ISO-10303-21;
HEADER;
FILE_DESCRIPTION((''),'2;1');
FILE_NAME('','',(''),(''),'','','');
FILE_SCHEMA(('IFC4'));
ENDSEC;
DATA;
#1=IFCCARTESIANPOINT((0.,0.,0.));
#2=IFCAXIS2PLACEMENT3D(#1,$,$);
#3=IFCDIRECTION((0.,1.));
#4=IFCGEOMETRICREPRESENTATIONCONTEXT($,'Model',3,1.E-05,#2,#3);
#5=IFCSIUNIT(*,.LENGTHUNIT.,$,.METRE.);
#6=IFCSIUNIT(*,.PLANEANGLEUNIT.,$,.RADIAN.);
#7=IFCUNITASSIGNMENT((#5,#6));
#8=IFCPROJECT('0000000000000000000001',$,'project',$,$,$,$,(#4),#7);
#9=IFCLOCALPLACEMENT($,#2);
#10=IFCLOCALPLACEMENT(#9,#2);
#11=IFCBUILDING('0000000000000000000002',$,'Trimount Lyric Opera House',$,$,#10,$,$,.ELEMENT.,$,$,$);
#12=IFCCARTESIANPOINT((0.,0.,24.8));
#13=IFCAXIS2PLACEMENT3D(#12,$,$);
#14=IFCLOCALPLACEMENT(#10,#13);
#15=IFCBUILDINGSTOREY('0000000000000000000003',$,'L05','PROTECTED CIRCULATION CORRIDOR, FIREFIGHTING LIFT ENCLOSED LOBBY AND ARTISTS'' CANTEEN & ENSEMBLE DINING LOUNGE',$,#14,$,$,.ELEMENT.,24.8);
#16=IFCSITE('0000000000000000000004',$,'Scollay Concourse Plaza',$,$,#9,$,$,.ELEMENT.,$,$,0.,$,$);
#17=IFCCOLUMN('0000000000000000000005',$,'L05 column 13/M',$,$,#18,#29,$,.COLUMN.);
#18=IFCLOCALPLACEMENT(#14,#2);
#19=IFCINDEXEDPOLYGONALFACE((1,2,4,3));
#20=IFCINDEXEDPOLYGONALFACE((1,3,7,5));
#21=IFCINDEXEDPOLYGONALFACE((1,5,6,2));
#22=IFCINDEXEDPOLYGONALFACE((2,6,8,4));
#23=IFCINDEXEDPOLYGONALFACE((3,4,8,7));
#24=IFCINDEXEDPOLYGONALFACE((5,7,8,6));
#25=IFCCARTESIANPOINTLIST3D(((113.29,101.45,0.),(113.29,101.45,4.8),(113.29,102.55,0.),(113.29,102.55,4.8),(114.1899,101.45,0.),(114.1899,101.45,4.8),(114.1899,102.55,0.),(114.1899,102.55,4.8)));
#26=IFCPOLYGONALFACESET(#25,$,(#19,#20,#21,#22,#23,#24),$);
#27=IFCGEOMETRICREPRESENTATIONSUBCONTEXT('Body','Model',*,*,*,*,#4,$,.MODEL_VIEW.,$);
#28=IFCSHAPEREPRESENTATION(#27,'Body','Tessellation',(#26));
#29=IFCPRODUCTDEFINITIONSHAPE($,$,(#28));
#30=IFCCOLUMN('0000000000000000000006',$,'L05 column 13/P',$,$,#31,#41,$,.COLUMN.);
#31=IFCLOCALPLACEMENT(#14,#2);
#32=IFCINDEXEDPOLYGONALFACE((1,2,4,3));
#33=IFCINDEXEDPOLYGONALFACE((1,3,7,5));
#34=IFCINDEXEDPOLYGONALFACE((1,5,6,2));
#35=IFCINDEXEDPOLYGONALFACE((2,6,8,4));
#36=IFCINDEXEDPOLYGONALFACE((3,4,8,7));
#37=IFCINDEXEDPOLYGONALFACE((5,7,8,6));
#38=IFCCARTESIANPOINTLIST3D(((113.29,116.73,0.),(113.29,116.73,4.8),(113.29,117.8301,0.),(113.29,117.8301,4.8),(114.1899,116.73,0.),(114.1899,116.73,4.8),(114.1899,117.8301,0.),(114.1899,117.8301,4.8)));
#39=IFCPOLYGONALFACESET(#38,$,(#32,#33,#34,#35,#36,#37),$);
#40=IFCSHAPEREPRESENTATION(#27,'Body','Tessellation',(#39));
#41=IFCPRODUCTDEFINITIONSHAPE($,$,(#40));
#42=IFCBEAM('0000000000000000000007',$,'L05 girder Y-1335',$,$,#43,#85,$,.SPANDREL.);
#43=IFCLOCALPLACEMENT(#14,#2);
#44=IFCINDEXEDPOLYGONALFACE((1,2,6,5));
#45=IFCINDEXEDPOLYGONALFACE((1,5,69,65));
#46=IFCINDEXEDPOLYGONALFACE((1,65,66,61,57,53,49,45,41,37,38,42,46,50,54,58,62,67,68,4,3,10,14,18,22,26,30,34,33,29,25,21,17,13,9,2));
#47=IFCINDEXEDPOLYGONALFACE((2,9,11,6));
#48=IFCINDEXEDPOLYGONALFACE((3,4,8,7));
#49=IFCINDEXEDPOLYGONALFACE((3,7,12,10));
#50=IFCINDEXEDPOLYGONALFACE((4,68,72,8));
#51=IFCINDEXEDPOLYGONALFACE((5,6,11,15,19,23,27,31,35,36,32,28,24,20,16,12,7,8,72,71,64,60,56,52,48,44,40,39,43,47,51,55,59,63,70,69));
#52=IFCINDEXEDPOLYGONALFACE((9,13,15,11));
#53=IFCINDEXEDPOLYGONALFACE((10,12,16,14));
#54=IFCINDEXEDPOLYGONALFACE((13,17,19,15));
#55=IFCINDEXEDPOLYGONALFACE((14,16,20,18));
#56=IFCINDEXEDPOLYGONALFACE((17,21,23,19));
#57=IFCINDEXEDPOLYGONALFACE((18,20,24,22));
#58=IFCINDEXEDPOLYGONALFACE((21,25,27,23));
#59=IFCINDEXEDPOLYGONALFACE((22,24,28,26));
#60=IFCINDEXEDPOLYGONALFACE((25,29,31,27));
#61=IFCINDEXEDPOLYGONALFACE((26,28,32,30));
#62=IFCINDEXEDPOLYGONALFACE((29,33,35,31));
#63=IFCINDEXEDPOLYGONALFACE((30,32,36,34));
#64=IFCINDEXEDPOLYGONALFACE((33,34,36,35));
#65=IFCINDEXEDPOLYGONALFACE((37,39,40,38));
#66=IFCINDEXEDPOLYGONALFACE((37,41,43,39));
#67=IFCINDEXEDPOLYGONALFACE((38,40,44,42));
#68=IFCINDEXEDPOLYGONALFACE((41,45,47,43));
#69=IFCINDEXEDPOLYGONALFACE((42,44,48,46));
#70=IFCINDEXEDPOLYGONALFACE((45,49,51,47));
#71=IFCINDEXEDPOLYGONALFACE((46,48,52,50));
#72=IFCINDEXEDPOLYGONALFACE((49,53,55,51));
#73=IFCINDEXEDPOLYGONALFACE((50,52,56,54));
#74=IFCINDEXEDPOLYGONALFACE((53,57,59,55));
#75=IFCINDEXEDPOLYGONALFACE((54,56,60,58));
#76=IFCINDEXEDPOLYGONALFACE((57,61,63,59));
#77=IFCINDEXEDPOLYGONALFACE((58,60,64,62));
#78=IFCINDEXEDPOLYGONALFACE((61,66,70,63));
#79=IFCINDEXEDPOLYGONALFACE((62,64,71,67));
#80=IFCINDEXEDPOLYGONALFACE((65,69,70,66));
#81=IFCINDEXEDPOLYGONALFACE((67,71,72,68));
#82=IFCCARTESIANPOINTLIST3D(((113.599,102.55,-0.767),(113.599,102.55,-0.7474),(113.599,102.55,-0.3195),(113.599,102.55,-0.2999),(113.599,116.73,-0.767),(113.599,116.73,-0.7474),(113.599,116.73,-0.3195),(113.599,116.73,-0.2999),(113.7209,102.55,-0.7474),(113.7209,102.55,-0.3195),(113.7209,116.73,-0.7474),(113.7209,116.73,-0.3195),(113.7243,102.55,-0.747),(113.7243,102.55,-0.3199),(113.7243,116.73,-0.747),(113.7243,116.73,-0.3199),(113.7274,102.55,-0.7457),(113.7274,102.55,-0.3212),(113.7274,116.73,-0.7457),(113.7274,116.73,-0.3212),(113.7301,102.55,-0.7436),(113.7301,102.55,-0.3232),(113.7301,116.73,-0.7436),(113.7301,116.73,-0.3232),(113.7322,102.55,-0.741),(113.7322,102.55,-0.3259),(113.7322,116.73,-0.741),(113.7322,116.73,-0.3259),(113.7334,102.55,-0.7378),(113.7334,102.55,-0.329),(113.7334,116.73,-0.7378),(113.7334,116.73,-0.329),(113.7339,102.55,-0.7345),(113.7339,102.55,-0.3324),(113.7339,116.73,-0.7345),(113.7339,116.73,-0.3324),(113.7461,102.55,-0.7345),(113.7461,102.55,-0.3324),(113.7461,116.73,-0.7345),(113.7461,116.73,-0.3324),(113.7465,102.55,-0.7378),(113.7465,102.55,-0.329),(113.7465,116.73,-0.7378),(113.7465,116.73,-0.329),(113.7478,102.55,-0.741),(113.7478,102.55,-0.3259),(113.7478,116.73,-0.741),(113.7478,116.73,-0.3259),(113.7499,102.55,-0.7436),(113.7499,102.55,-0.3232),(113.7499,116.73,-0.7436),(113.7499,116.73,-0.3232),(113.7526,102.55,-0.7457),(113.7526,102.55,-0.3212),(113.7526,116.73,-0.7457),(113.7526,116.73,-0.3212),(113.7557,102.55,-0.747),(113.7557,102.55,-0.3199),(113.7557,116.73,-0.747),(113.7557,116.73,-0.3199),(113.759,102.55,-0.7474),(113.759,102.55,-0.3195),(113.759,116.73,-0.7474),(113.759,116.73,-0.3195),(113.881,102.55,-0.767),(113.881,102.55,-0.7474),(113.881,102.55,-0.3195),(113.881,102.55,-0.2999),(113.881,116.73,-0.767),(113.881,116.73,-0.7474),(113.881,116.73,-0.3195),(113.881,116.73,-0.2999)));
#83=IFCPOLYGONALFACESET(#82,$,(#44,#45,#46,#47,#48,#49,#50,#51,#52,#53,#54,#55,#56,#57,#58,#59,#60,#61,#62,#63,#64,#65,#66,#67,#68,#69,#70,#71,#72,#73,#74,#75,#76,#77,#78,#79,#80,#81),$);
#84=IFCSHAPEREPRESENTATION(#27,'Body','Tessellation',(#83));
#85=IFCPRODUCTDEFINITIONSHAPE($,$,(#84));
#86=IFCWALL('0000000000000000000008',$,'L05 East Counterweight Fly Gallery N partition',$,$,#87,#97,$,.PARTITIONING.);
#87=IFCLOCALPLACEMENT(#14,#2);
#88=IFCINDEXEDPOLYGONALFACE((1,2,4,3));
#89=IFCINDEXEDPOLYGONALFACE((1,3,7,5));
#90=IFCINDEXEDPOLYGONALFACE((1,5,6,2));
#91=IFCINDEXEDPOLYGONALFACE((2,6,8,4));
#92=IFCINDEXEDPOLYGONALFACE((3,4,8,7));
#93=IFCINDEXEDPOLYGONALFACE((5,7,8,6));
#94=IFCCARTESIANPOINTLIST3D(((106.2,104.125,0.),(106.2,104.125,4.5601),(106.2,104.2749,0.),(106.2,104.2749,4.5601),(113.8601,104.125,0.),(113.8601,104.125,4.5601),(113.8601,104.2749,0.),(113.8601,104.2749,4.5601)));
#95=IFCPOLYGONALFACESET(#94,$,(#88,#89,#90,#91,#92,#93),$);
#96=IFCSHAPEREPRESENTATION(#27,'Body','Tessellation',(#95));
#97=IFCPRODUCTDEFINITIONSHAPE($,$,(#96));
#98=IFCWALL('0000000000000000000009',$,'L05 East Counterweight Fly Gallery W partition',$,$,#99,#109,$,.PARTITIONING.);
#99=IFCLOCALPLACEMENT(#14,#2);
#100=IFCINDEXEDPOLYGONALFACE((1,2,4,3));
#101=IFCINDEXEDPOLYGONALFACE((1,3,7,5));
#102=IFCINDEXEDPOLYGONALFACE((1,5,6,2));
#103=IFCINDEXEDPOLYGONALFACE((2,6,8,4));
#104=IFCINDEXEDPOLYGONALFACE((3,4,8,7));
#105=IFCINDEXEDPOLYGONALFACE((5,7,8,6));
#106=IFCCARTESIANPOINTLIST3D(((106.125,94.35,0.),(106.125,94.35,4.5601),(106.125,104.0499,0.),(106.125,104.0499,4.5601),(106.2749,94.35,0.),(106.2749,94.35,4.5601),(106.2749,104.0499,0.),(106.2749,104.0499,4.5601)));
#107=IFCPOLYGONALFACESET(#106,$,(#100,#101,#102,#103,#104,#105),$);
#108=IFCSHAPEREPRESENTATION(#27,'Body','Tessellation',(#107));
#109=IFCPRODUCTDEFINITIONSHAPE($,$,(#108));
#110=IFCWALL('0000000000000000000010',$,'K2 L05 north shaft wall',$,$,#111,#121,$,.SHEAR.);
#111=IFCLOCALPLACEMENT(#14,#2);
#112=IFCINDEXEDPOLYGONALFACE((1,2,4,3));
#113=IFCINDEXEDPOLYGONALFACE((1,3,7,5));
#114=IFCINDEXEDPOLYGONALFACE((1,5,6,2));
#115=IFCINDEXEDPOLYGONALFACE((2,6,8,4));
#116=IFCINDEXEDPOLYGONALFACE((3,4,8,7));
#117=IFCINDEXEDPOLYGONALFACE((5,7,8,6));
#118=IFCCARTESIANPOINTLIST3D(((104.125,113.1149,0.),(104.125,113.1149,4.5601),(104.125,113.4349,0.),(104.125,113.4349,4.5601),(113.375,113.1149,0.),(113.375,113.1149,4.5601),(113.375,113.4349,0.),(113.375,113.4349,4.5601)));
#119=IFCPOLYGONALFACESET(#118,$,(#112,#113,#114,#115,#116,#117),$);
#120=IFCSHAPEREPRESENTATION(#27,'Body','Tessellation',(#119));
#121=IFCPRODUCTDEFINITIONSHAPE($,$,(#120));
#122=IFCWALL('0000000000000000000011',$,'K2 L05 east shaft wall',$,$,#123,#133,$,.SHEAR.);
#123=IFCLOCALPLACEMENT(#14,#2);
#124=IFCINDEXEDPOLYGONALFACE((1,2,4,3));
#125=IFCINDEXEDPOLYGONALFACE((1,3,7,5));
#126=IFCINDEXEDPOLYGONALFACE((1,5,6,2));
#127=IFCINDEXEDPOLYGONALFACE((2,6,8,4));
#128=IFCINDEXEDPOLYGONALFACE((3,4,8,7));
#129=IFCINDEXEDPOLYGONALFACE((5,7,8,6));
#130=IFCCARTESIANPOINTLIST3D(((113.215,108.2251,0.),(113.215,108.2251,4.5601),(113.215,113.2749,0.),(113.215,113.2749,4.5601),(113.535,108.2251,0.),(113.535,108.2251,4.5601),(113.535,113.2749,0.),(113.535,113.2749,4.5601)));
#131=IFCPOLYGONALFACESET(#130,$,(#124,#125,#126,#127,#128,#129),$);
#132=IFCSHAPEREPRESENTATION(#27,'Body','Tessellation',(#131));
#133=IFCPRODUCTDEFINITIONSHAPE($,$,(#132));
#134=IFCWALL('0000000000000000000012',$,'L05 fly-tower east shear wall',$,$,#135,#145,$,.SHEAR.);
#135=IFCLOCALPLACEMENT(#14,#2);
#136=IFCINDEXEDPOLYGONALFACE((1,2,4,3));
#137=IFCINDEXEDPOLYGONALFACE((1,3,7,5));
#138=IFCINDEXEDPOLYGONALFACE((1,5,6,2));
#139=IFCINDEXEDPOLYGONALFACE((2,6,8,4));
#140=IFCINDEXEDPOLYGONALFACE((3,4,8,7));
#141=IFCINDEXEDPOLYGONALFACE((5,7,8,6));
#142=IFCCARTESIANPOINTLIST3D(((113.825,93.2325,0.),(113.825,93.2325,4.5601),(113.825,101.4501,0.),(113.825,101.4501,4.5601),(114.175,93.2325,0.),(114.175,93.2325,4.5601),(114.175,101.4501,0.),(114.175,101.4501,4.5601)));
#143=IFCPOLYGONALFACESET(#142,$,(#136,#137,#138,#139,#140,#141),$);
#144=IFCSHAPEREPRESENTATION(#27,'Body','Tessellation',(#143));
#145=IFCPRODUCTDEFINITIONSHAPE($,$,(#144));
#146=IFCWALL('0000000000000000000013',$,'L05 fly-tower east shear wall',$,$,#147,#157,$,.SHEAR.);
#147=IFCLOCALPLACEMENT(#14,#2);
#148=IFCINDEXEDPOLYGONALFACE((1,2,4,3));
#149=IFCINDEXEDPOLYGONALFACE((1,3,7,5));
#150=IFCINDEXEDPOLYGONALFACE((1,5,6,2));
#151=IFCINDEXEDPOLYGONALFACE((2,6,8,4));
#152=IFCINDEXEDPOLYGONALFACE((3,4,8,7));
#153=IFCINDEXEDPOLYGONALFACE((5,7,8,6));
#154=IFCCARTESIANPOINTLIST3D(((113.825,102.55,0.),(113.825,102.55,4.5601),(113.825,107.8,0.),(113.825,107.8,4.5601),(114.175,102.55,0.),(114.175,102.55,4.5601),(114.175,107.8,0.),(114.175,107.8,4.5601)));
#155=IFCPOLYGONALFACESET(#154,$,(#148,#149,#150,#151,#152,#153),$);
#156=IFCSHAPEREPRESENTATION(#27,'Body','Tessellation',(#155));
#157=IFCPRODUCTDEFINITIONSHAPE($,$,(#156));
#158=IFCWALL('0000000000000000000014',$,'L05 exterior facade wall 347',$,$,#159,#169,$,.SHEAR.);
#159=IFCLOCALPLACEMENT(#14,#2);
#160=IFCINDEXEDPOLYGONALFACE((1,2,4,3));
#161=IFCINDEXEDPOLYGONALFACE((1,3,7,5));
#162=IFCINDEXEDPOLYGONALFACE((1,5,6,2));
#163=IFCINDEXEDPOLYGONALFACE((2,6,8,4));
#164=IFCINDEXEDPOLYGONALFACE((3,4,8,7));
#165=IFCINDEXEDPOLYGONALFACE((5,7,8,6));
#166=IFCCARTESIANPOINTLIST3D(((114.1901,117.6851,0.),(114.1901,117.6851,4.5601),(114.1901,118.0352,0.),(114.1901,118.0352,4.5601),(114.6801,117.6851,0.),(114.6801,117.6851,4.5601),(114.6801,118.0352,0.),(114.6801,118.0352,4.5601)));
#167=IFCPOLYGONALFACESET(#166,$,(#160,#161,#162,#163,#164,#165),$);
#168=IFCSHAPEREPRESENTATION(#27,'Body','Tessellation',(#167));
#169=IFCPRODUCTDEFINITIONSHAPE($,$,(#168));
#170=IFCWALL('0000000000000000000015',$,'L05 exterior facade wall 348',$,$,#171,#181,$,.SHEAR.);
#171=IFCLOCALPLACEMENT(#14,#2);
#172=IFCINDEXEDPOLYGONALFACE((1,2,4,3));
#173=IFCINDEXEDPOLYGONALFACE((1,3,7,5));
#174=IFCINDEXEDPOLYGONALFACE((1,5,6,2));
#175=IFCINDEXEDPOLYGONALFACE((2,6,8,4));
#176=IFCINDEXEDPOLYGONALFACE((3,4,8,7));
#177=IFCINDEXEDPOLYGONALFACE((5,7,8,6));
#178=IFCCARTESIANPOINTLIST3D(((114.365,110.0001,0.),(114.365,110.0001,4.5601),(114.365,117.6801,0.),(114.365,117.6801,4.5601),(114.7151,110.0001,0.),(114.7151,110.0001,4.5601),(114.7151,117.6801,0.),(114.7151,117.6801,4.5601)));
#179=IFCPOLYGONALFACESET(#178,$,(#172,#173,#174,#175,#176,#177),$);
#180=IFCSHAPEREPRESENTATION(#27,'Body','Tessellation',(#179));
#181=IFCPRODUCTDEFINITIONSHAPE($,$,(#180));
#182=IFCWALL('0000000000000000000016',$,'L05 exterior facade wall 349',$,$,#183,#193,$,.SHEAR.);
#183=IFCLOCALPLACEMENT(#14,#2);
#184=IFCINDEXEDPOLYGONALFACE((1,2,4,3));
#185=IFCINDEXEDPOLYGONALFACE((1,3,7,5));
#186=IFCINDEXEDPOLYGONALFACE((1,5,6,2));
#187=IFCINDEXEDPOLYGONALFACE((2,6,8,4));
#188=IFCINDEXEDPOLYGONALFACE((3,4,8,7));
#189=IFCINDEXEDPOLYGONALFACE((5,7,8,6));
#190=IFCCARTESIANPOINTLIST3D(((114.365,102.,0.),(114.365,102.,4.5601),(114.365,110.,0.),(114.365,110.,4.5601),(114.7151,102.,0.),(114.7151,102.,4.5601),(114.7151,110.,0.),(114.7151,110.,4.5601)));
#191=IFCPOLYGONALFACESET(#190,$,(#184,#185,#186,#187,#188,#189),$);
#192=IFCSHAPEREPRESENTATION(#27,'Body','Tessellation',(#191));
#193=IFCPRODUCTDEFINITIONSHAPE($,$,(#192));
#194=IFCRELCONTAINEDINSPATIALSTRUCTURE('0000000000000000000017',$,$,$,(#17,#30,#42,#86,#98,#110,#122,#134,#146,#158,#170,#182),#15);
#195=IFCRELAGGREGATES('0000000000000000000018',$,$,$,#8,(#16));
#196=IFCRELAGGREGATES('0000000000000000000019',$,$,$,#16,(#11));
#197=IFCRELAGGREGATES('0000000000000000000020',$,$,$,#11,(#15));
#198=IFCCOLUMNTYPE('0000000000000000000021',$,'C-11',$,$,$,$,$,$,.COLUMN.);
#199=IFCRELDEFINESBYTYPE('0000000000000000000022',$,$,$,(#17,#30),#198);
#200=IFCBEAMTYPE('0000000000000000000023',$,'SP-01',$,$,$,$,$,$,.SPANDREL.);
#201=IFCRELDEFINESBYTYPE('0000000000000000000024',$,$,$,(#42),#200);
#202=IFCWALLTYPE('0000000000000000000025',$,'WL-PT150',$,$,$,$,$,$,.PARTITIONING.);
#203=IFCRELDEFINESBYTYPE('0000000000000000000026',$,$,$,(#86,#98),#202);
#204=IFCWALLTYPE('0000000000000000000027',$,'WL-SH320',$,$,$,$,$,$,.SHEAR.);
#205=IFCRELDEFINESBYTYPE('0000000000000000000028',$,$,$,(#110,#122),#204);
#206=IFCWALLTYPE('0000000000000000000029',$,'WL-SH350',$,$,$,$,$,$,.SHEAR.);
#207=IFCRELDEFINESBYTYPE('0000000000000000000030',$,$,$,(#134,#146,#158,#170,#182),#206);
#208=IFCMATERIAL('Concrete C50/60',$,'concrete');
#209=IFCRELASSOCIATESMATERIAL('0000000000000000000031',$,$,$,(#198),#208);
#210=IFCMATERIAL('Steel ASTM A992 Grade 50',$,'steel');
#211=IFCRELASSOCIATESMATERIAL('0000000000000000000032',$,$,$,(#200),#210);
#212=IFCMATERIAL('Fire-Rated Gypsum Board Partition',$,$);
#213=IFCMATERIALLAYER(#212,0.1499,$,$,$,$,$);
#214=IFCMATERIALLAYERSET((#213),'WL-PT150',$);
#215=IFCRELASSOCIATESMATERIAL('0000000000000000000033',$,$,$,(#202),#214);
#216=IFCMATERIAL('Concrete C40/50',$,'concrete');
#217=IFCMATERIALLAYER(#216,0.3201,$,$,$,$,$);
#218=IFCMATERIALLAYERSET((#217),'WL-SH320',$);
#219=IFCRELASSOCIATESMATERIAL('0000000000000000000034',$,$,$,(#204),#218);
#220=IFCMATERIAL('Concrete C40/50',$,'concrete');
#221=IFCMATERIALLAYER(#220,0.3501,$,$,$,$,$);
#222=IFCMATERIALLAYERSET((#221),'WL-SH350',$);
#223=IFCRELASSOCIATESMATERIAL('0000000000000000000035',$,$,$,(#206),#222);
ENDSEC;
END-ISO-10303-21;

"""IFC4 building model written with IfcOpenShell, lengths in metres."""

from ifc_helpers import new_model, si_unit, direction, frame, frame_2d, origin, origin_2d, place, context, subcontext, project, spatial, rectangle, i_section, extrude, material, layer, layer_set, material_profile, profile_set, type_object, element, save


model = new_model("IFC4")

# Units and contexts
model_context = context("Model", 3, precision=1e-05, world=origin(), true_north=direction((0.0, 1.0)))
body_context = subcontext(model_context, "Body", "Model", "MODEL_VIEW")
ifc_project = project(units=[si_unit("LENGTHUNIT", "METRE"), si_unit("PLANEANGLEUNIT", "RADIAN")], contexts=[model_context])

# Site, building, storey
site_placement = place(None, origin())
site = spatial("IfcSite", under=ifc_project, at=site_placement, Name="Scollay Concourse Plaza", CompositionType="ELEMENT", RefElevation=0.0)
building_placement = place(site_placement, origin())
building = spatial("IfcBuilding", under=site, at=building_placement, Name="Trimount Lyric Opera House", CompositionType="ELEMENT")
storey_placement = place(building_placement, frame((0.0, 0.0, 24.8)))
storey = spatial("IfcBuildingStorey", under=building, at=storey_placement, Name="L05", Description="PROTECTED CIRCULATION CORRIDOR, FIREFIGHTING LIFT ENCLOSED LOBBY AND ARTISTS' CANTEEN & ENSEMBLE DINING LOUNGE", CompositionType="ELEMENT", Elevation=24.8)

# Columns
ifc_material_1 = material(Name="Concrete C50/60", Category="concrete")
ifc_material_profile_1 = material_profile(ifc_material_1, rectangle(XDim=0.8999, YDim=1.1001, at=origin_2d()), Name="RC1100X900")
ifc_profile_set_1 = profile_set([ifc_material_profile_1], Name="Concrete C50/60")
column_type = type_object("IfcColumnType", Name="C-11", PredefinedType="COLUMN", material=ifc_profile_set_1)
for number, where, z_axis, x_axis, name in (
    (1, (113.74, 102.0, 0.0), (0.0, 0.0, 1.0), (1.0, 0.0, 0.0), "L05 column 13/M"),
    (2, (113.74, 117.28, 0.0), (0.0, 0.0, 1.0), (1.0, 0.0, 0.0), "L05 column 13/P"),
):
    element("IfcColumn", number, at=place(storey_placement, frame(where, z_axis=z_axis, x_axis=x_axis)), inside=storey, type_object=column_type, Name=name, PredefinedType="COLUMN", context=body_context, shape_type="SweptSolid", body=[
        extrude(rectangle(XDim=0.8999, YDim=1.1001, at=origin_2d()), origin(), (0.0, 0.0, 1.0), 4.8),
    ])

# Beam
ifc_material_2 = material(Name="Steel ASTM A992 Grade 50", Category="steel")
ifc_material_profile_2 = material_profile(ifc_material_2, i_section(OverallWidth=0.282, OverallDepth=0.467, WebThickness=0.0122, FlangeThickness=0.0195, FilletRadius=0.0129, at=origin_2d()), Name="W18X86")
ifc_profile_set_2 = profile_set([ifc_material_profile_2], Name="Steel ASTM A992 Grade 50")
beam_type = type_object("IfcBeamType", Name="SP-01", PredefinedType="SPANDREL", material=ifc_profile_set_2)
beam_placement = place(storey_placement, frame((113.74, 102.55, -0.5334), z_axis=(0.0, 1.0, 0.0), x_axis=(-1.0, 0.0, 0.0)))
element("IfcBeam", 3, at=beam_placement, inside=storey, type_object=beam_type, Name="L05 girder Y-1335", PredefinedType="SPANDREL", context=body_context, shape_type="SweptSolid", body=[
    extrude(i_section(OverallWidth=0.282, OverallDepth=0.467, WebThickness=0.0122, FlangeThickness=0.0195, FilletRadius=0.0129, at=origin_2d()), origin(), (0.0, 0.0, 1.0), 14.1799),
])

# Walls
ifc_material_3 = material(Name="Fire-Rated Gypsum Board Partition")
ifc_layer_1 = layer(ifc_material_3, 0.1499)
ifc_layer_set_1 = layer_set([ifc_layer_1], Name="WL-PT150")
wall_type_1 = type_object("IfcWallType", Name="WL-PT150", PredefinedType="PARTITIONING", material=ifc_layer_set_1)
wall_1_placement = place(storey_placement, frame((113.8601, 104.2, 0.0), z_axis=(0.0, 0.0, 1.0), x_axis=(-1.0, 0.0, 0.0)))
element("IfcWall", 4, at=wall_1_placement, inside=storey, type_object=wall_type_1, Name="L05 East Counterweight Fly Gallery N partition", PredefinedType="PARTITIONING", context=body_context, shape_type="SweptSolid", body=[
    extrude(rectangle(XDim=7.6602, YDim=0.1499, at=frame_2d((3.8301, 0.0))), origin(), (0.0, 0.0, 1.0), 4.5601),
])
wall_2_placement = place(storey_placement, frame((106.2, 104.05, 0.0), z_axis=(0.0, 0.0, 1.0), x_axis=(0.0, -1.0, 0.0)))
element("IfcWall", 5, at=wall_2_placement, inside=storey, type_object=wall_type_1, Name="L05 East Counterweight Fly Gallery W partition", PredefinedType="PARTITIONING", context=body_context, shape_type="SweptSolid", body=[
    extrude(rectangle(XDim=9.7, YDim=0.1499, at=frame_2d((4.8501, 0.0))), origin(), (0.0, 0.0, 1.0), 4.5601),
])
ifc_material_4 = material(Name="Concrete C40/50", Category="concrete")
ifc_layer_2 = layer(ifc_material_4, 0.3201)
ifc_layer_set_2 = layer_set([ifc_layer_2], Name="WL-SH320")
wall_type_2 = type_object("IfcWallType", Name="WL-SH320", PredefinedType="SHEAR", material=ifc_layer_set_2)
wall_3_placement = place(storey_placement, frame((113.375, 113.2749, 0.0), z_axis=(0.0, 0.0, 1.0), x_axis=(-1.0, 0.0, 0.0)))
element("IfcWall", 6, at=wall_3_placement, inside=storey, type_object=wall_type_2, Name="K2 L05 north shaft wall", PredefinedType="SHEAR", context=body_context, shape_type="SweptSolid", body=[
    extrude(rectangle(XDim=9.25, YDim=0.3201, at=frame_2d((4.625, 0.0))), origin(), (0.0, 0.0, 1.0), 4.5601),
])
wall_4_placement = place(storey_placement, frame((113.375, 108.2251, 0.0), z_axis=(0.0, 0.0, 1.0), x_axis=(0.0, 1.0, 0.0)))
element("IfcWall", 7, at=wall_4_placement, inside=storey, type_object=wall_type_2, Name="K2 L05 east shaft wall", PredefinedType="SHEAR", context=body_context, shape_type="SweptSolid", body=[
    extrude(rectangle(XDim=5.0498, YDim=0.3201, at=frame_2d((2.5249, 0.0))), origin(), (0.0, 0.0, 1.0), 4.5601),
])
ifc_material_5 = material(Name="Concrete C40/50", Category="concrete")
ifc_layer_3 = layer(ifc_material_5, 0.3501)
ifc_layer_set_3 = layer_set([ifc_layer_3], Name="WL-SH350")
wall_type_3 = type_object("IfcWallType", Name="WL-SH350", PredefinedType="SHEAR", material=ifc_layer_set_3)
wall_5_placement = place(storey_placement, frame((114.0, 93.2324, 0.0), z_axis=(0.0, 0.0, 1.0), x_axis=(0.0, 1.0, 0.0)))
element("IfcWall", 8, at=wall_5_placement, inside=storey, type_object=wall_type_3, Name="L05 fly-tower east shear wall", PredefinedType="SHEAR", context=body_context, shape_type="SweptSolid", body=[
    extrude(rectangle(XDim=8.2175, YDim=0.3501, at=frame_2d((4.1089, 0.0))), origin(), (0.0, 0.0, 1.0), 4.5601),
])
wall_6_placement = place(storey_placement, frame((114.0, 102.55, 0.0), z_axis=(0.0, 0.0, 1.0), x_axis=(0.0, 1.0, 0.0)))
element("IfcWall", 9, at=wall_6_placement, inside=storey, type_object=wall_type_3, Name="L05 fly-tower east shear wall", PredefinedType="SHEAR", context=body_context, shape_type="SweptSolid", body=[
    extrude(rectangle(XDim=5.25, YDim=0.3501, at=frame_2d((2.625, 0.0))), origin(), (0.0, 0.0, 1.0), 4.5601),
])
wall_7_placement = place(storey_placement, frame((114.1899, 117.8601, 0.0), z_axis=(0.0, 0.0, 1.0), x_axis=(1.0, 0.0, 0.0)))
element("IfcWall", 10, at=wall_7_placement, inside=storey, type_object=wall_type_3, Name="L05 exterior facade wall 347", PredefinedType="SHEAR", context=body_context, shape_type="SweptSolid", body=[
    extrude(rectangle(XDim=0.49, YDim=0.3501, at=frame_2d((0.2451, 0.0))), origin(), (0.0, 0.0, 1.0), 4.5601),
])
wall_8_placement = place(storey_placement, frame((114.54, 117.6799, 0.0), z_axis=(0.0, 0.0, 1.0), x_axis=(0.0, -1.0, 0.0)))
element("IfcWall", 11, at=wall_8_placement, inside=storey, type_object=wall_type_3, Name="L05 exterior facade wall 348", PredefinedType="SHEAR", context=body_context, shape_type="SweptSolid", body=[
    extrude(rectangle(XDim=7.6799, YDim=0.3501, at=frame_2d((3.8398, 0.0))), origin(), (0.0, 0.0, 1.0), 4.5601),
])
wall_9_placement = place(storey_placement, frame((114.54, 110.0, 0.0), z_axis=(0.0, 0.0, 1.0), x_axis=(0.0, -1.0, 0.0)))
element("IfcWall", 12, at=wall_9_placement, inside=storey, type_object=wall_type_3, Name="L05 exterior facade wall 349", PredefinedType="SHEAR", context=body_context, shape_type="SweptSolid", body=[
    extrude(rectangle(XDim=8.0, YDim=0.3501, at=frame_2d((4.0, 0.0))), origin(), (0.0, 0.0, 1.0), 4.5601),
])

save(model, "model.ifc")
